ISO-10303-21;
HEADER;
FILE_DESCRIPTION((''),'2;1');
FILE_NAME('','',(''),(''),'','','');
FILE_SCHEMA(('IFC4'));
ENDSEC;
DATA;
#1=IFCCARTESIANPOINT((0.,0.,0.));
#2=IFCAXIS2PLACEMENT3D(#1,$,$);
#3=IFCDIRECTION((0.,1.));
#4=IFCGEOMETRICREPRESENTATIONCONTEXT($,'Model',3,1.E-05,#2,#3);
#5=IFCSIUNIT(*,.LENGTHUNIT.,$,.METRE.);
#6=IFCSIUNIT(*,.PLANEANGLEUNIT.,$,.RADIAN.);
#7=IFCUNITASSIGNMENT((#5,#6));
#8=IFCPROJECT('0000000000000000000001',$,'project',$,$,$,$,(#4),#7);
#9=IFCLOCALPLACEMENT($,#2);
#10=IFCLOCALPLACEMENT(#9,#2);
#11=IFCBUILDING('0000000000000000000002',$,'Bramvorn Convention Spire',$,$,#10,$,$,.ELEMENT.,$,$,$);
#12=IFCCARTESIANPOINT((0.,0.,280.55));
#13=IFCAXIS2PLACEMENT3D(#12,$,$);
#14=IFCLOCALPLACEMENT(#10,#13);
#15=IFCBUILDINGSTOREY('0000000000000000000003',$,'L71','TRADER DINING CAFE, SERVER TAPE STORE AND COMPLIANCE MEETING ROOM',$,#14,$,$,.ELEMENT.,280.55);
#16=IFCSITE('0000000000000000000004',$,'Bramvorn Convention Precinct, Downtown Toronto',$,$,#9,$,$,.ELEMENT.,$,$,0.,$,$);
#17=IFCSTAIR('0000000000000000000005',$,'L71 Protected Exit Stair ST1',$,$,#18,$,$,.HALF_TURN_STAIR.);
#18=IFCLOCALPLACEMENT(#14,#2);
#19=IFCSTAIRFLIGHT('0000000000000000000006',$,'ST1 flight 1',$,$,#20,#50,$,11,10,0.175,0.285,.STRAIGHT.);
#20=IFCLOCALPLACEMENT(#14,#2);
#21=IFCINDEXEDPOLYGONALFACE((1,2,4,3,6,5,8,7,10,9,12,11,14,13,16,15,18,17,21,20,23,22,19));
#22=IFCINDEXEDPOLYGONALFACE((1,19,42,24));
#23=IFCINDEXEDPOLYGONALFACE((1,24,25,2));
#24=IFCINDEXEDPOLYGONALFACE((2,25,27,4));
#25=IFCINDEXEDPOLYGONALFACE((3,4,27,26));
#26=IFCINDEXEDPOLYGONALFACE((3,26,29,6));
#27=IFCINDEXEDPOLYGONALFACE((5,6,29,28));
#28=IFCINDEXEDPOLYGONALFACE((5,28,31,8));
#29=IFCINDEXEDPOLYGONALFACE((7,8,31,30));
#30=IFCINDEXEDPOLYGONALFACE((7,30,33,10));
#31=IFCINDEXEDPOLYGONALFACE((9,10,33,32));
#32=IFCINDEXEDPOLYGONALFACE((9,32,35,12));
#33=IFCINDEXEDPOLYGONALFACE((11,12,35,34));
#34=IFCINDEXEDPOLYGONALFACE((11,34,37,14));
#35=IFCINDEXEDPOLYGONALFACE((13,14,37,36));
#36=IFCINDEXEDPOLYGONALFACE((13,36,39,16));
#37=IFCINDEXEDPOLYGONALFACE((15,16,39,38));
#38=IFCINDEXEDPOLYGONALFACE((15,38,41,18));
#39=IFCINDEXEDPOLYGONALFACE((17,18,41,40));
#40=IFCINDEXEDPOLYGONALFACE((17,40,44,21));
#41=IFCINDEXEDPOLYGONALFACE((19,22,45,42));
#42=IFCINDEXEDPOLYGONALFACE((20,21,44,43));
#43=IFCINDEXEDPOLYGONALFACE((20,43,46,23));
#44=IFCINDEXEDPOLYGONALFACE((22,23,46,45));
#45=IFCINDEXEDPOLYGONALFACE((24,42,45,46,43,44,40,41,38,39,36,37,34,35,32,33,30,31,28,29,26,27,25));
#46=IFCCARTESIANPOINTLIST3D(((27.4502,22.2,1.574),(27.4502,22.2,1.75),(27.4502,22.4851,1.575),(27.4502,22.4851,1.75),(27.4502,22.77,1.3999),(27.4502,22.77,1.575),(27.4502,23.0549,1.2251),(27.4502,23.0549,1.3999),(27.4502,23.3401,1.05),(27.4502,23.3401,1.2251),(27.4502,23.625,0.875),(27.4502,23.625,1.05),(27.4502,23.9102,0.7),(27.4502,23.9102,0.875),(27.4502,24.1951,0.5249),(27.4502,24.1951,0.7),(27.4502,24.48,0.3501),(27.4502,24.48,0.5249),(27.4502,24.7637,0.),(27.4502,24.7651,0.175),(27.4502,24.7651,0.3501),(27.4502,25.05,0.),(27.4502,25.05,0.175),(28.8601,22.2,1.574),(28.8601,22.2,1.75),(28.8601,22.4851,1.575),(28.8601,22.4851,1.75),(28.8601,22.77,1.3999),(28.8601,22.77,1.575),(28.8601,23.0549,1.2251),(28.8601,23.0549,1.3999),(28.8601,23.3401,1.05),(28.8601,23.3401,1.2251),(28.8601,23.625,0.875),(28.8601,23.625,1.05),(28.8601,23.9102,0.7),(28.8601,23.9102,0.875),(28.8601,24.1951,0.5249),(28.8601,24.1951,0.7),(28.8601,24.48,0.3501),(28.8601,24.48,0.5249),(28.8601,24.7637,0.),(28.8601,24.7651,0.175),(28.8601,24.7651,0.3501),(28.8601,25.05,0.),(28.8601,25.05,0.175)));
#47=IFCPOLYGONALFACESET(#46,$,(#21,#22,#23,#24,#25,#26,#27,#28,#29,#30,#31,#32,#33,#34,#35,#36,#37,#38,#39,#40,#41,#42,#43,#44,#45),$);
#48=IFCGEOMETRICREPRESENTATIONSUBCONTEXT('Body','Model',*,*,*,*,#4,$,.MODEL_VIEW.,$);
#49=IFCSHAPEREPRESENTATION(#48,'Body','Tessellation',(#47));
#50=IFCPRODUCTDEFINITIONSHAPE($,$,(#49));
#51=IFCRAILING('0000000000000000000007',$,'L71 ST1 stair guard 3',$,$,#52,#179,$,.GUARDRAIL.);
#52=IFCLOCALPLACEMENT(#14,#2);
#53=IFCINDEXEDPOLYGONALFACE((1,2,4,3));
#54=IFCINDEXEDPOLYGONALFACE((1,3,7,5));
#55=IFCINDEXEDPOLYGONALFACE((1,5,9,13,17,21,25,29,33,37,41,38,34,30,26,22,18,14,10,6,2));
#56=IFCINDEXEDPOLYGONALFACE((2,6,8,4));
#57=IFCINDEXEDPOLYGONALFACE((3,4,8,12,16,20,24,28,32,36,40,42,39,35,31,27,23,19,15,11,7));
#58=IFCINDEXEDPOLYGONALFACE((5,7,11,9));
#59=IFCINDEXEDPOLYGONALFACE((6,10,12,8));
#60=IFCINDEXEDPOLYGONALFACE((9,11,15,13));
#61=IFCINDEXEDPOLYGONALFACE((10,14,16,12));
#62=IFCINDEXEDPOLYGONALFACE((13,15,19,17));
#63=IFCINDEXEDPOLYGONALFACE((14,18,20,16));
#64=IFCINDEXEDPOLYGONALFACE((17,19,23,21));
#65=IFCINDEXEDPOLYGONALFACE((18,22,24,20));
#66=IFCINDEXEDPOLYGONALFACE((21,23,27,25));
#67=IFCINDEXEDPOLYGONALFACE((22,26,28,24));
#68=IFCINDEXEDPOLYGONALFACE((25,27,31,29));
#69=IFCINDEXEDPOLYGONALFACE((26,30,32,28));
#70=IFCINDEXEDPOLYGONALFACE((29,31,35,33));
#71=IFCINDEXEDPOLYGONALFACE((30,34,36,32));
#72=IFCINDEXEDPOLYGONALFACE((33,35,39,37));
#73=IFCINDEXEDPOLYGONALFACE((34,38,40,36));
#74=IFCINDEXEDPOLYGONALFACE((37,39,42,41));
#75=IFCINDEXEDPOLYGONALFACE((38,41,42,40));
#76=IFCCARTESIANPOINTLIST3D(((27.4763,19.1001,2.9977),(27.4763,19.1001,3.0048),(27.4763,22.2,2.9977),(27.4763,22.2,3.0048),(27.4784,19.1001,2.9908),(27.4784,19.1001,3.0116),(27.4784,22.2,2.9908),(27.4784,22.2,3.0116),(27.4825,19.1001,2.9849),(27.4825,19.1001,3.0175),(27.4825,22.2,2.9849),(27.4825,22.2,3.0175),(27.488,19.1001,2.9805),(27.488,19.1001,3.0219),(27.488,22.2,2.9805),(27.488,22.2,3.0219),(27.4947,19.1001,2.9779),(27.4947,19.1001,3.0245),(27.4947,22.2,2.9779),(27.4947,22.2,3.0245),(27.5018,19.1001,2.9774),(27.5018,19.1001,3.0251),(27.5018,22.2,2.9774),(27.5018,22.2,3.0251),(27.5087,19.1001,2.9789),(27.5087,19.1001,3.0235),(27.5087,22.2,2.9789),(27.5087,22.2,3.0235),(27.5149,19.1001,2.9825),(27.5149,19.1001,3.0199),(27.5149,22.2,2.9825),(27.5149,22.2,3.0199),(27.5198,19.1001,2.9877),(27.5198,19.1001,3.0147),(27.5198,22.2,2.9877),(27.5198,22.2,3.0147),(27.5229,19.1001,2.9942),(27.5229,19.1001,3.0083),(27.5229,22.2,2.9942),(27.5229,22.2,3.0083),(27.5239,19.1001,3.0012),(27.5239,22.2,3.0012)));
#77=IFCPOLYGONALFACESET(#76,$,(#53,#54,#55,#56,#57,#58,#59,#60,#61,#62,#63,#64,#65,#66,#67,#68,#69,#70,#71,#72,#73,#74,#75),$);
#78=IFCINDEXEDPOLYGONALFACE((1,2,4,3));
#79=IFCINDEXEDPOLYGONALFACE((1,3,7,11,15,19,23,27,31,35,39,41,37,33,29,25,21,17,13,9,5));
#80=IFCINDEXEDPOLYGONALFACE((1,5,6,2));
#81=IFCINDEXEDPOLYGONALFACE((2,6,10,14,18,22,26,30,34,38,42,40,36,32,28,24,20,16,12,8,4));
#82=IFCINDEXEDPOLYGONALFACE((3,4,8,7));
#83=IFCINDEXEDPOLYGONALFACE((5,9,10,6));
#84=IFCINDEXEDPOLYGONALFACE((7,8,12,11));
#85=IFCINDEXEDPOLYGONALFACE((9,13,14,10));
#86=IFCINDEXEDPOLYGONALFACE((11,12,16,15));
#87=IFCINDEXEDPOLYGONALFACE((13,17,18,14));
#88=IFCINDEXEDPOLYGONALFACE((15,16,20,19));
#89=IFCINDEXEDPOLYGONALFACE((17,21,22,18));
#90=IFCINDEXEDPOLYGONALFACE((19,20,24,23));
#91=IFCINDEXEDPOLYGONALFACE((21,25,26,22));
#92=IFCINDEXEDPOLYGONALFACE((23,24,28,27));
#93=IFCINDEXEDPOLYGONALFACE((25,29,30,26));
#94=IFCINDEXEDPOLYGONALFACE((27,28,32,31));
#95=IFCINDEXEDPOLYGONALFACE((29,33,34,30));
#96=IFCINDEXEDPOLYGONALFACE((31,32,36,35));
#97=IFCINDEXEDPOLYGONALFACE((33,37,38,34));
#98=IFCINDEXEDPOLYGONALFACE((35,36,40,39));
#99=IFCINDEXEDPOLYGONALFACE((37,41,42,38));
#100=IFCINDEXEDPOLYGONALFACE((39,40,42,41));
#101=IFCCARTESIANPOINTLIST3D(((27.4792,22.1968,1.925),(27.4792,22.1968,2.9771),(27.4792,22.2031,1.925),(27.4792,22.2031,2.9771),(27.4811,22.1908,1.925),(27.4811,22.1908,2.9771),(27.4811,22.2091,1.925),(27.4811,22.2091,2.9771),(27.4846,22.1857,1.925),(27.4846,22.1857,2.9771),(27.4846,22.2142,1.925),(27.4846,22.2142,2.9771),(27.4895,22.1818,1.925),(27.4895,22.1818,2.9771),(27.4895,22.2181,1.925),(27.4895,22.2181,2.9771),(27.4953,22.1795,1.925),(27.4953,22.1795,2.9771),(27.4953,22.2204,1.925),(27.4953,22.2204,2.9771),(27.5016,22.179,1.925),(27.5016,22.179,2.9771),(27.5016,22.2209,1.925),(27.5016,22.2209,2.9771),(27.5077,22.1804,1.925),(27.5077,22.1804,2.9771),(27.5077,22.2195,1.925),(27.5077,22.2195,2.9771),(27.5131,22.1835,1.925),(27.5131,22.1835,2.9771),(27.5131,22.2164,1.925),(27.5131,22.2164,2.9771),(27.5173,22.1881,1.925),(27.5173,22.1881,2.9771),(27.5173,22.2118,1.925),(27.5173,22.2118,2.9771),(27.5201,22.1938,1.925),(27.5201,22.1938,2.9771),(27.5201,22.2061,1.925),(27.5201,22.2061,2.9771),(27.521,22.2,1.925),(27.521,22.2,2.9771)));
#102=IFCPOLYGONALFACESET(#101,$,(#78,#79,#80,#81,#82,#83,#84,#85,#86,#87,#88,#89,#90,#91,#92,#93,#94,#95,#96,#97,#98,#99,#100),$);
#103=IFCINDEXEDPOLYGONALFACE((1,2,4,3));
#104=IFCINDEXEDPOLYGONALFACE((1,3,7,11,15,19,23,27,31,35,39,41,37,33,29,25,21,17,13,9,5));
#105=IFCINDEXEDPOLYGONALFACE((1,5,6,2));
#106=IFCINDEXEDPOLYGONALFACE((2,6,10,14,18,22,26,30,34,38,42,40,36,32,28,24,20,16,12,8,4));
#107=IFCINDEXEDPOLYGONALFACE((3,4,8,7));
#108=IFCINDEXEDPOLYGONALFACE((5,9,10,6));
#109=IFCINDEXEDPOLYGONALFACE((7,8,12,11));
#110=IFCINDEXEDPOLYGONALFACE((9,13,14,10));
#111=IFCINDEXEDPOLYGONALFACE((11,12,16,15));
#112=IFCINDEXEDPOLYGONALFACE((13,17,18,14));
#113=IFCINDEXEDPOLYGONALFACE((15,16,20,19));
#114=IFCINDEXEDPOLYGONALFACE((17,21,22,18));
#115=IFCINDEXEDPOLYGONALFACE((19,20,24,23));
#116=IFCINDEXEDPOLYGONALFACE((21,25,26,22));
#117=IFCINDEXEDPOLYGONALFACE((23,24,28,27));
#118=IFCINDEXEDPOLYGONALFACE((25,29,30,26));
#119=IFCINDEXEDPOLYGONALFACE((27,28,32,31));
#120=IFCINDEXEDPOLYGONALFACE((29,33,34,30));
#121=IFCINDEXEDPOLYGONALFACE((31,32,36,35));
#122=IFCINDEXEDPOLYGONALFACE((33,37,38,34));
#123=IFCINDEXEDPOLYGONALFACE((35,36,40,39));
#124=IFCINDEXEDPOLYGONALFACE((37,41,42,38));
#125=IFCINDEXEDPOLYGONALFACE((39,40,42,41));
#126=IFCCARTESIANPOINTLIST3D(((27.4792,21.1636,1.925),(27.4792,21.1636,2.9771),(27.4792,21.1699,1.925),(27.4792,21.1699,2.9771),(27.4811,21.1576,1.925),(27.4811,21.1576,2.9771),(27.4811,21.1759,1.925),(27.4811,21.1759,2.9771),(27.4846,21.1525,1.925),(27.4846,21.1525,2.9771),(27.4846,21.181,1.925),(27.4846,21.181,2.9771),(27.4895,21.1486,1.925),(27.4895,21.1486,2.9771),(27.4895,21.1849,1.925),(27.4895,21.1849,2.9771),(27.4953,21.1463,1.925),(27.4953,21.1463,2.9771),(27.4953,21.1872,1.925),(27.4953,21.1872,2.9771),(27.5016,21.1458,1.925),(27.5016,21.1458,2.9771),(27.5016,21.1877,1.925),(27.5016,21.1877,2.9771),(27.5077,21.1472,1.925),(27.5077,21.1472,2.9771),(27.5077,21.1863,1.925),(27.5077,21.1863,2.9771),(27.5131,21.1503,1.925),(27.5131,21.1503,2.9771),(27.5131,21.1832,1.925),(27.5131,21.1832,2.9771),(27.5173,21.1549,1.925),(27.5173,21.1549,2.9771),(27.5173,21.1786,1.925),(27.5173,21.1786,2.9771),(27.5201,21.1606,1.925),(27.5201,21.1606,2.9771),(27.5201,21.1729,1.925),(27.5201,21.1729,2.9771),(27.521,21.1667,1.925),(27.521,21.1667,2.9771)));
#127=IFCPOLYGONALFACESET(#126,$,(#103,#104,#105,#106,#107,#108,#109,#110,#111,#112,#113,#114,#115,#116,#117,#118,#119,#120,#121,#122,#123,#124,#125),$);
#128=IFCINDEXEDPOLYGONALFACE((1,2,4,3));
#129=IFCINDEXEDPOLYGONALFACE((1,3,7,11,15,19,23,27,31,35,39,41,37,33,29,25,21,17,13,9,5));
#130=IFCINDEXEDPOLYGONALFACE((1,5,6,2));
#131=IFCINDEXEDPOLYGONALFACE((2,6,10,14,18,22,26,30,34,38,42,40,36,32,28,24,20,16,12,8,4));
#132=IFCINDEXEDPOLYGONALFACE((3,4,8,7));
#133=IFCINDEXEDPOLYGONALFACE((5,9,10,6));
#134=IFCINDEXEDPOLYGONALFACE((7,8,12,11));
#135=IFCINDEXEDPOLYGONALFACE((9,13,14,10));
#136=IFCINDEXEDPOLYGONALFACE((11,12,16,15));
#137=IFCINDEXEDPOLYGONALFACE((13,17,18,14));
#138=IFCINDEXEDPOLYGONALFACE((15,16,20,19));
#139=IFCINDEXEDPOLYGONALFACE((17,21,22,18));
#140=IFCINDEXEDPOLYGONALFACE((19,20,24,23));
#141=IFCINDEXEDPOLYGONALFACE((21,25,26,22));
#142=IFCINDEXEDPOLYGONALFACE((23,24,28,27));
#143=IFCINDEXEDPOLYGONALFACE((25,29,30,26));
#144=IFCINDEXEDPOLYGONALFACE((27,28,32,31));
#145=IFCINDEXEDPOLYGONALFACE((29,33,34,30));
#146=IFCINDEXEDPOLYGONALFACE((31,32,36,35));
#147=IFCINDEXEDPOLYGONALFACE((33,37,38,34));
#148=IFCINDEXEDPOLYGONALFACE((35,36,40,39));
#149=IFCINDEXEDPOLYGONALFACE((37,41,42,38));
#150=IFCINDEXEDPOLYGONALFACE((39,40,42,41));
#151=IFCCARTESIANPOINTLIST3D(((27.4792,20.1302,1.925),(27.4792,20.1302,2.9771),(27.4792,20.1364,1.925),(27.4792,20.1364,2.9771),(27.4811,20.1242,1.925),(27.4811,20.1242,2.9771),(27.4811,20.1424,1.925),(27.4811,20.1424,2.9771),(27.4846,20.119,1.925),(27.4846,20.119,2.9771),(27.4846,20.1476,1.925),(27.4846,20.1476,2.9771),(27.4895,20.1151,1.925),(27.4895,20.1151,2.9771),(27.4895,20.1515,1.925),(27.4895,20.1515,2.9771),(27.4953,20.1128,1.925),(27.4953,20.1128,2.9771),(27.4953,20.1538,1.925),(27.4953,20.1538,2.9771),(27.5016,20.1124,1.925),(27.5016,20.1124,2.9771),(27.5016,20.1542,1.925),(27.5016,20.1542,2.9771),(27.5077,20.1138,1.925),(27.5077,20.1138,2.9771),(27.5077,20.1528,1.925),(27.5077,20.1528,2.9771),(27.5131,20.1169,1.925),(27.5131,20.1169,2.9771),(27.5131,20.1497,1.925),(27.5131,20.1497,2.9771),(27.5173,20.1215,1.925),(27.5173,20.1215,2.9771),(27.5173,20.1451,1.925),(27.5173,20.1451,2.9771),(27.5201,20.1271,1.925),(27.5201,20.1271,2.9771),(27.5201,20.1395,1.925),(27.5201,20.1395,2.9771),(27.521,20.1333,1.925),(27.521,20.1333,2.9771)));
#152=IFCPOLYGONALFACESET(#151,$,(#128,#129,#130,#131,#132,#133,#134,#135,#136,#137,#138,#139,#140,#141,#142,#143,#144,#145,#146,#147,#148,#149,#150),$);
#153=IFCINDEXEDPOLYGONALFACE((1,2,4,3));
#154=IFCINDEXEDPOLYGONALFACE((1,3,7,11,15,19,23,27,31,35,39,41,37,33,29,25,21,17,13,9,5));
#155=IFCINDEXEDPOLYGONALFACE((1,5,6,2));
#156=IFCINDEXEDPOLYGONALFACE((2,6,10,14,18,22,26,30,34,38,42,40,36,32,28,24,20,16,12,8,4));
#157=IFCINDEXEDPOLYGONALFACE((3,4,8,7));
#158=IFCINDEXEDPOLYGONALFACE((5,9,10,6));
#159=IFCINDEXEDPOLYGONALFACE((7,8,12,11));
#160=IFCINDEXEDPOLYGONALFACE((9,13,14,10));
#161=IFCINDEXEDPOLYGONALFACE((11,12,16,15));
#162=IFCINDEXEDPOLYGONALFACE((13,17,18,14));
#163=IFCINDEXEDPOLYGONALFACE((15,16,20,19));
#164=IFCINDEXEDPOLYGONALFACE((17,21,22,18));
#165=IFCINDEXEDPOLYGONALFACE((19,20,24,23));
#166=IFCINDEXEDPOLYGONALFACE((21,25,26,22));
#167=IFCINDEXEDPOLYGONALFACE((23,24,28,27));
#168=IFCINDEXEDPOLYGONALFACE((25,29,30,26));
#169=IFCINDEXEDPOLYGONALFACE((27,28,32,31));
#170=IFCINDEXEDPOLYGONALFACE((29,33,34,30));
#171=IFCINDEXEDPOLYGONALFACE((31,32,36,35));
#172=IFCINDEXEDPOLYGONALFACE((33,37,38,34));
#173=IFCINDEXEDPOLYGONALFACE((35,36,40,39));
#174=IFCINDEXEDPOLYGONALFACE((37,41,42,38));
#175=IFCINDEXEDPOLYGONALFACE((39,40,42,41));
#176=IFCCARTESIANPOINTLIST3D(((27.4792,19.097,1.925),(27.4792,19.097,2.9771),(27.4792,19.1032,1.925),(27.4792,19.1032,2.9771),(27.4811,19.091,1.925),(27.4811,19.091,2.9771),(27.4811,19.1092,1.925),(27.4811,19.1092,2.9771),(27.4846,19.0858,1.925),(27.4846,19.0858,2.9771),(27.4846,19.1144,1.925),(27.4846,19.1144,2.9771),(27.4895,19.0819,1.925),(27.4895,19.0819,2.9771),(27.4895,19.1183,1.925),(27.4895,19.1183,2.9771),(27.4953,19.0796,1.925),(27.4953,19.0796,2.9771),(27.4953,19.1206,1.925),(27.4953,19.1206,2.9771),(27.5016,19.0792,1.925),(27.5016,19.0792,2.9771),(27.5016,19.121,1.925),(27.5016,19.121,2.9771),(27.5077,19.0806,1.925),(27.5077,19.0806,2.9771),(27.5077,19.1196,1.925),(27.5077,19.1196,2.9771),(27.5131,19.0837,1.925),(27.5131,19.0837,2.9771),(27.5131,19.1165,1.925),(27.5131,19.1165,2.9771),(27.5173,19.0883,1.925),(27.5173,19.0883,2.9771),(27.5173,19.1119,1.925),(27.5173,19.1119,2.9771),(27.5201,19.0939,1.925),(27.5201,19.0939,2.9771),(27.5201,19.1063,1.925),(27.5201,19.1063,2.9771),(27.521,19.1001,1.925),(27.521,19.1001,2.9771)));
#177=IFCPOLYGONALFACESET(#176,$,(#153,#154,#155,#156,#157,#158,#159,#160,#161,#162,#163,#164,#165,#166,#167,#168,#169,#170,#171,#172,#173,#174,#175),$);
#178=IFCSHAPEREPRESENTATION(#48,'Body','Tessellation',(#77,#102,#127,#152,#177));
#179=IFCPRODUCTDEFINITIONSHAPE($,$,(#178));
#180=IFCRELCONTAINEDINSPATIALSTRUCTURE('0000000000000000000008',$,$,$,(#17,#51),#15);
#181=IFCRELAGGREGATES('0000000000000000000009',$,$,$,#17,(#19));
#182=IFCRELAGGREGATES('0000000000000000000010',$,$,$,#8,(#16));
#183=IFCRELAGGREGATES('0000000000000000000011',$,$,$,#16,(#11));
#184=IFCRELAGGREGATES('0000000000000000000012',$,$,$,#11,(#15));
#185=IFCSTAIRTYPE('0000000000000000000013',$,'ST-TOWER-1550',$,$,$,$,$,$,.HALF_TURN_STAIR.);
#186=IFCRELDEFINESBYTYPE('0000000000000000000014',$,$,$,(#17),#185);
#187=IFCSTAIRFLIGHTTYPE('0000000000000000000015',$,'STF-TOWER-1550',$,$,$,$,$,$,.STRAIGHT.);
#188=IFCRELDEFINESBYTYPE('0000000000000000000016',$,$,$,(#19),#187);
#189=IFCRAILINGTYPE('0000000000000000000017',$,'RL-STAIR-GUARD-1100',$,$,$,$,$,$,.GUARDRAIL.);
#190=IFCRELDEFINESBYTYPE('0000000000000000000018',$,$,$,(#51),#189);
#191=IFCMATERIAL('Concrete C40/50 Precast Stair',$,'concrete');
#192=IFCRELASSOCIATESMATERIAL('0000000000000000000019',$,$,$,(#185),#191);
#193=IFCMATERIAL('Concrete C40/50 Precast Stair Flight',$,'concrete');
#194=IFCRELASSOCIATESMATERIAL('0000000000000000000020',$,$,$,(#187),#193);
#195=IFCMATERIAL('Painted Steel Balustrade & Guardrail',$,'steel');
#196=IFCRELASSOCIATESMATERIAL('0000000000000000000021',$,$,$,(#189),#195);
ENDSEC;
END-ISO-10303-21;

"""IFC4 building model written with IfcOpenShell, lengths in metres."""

from ifc_helpers import new_model, si_unit, direction, frame, origin, origin_2d, place, context, subcontext, project, spatial, polyline, circle, outline, extrude, material, type_object, element, aggregate, save


model = new_model("IFC4")

# Units and contexts
model_context = context("Model", 3, precision=1e-05, world=origin(), true_north=direction((0.0, 1.0)))
body_context = subcontext(model_context, "Body", "Model", "MODEL_VIEW")
ifc_project = project(units=[si_unit("LENGTHUNIT", "METRE"), si_unit("PLANEANGLEUNIT", "RADIAN")], contexts=[model_context])

# Site, building, storey
site_placement = place(None, origin())
site = spatial("IfcSite", under=ifc_project, at=site_placement, Name="Bramvorn Convention Precinct, Downtown Toronto", CompositionType="ELEMENT", RefElevation=0.0)
building_placement = place(site_placement, origin())
building = spatial("IfcBuilding", under=site, at=building_placement, Name="Bramvorn Convention Spire", CompositionType="ELEMENT")
storey_placement = place(building_placement, frame((0.0, 0.0, 280.55)))
storey = spatial("IfcBuildingStorey", under=building, at=storey_placement, Name="L71", Description="TRADER DINING CAFE, SERVER TAPE STORE AND COMPLIANCE MEETING ROOM", CompositionType="ELEMENT", Elevation=280.55)

# Stair, stair flight
ifc_material_1 = material(Name="Concrete C40/50 Precast Stair", Category="concrete")
stair_type = type_object("IfcStairType", Name="ST-TOWER-1550", PredefinedType="HALF_TURN_STAIR", material=ifc_material_1)
stair_placement = place(storey_placement, origin())
stair = element("IfcStair", 1, at=stair_placement, inside=storey, type_object=stair_type, Name="L71 Protected Exit Stair ST1", PredefinedType="HALF_TURN_STAIR")
ifc_material_2 = material(Name="Concrete C40/50 Precast Stair Flight", Category="concrete")
stair_flight_type = type_object("IfcStairFlightType", Name="STF-TOWER-1550", PredefinedType="STRAIGHT", material=ifc_material_2)
stair_flight_placement = place(storey_placement, frame((28.155, 25.05, 0.0), z_axis=(0.0, 0.0, 1.0), x_axis=(0.0, -1.0, 0.0)))
stair_flight = element("IfcStairFlight", 2, at=stair_flight_placement, type_object=stair_flight_type, Name="ST1 flight 1", NumberOfRisers=11, NumberOfTreads=10, PredefinedType="STRAIGHT", RiserHeight=0.175, TreadLength=0.285, context=body_context, shape_type="SweptSolid", body=[
    extrude(outline(polyline([(0.0, 0.0), (0.0, 0.175), (0.2849, 0.175), (0.2849, 0.3501), (0.5701, 0.3501), (0.5701, 0.5249), (0.855, 0.5249), (0.855, 0.7), (1.1399, 0.7), (1.1399, 0.875), (1.425, 0.875), (1.425, 1.05), (1.71, 1.05), (1.71, 1.2251), (1.9951, 1.2251), (1.9951, 1.3999), (2.28, 1.3999), (2.28, 1.575), (2.5649, 1.575), (2.5649, 1.75), (2.8501, 1.75), (2.8501, 1.925), (2.8501, 1.574), (0.2864, 0.0), (0.0, 0.0)])), frame((0.0, 0.7051, 0.0), z_axis=(0.0, -1.0, 0.0), x_axis=(1.0, 0.0, 0.0)), (0.0, 0.0, 1.0), 1.4099),
])
aggregate(stair, [stair_flight])

# Railing
ifc_material_3 = material(Name="Painted Steel Balustrade & Guardrail", Category="steel")
railing_type_1 = type_object("IfcRailingType", Name="RL-STAIR-GUARD-1100", PredefinedType="GUARDRAIL", material=ifc_material_3)
railing_1_placement = place(storey_placement, frame((27.5, 22.2, 1.925)))
element("IfcRailing", 3, at=railing_1_placement, inside=storey, type_object=railing_type_1, Name="L71 ST1 stair guard 3", PredefinedType="GUARDRAIL", context=body_context, shape_type="SweptSolid", body=[
    extrude(circle(Radius=0.0239, at=origin_2d()), frame((0.0, 0.0, 1.0762), z_axis=(0.0, -1.0, 0.0), x_axis=(1.0, 0.0, 0.0)), (0.0, 0.0, 1.0), 3.0999),
    extrude(circle(Radius=0.021, at=origin_2d()), origin(), (0.0, 0.0, 1.0), 1.052),
    extrude(circle(Radius=0.021, at=origin_2d()), frame((0.0, -1.0332, 0.0)), (0.0, 0.0, 1.0), 1.052),
    extrude(circle(Radius=0.021, at=origin_2d()), frame((0.0, -2.0667, 0.0)), (0.0, 0.0, 1.0), 1.052),
    extrude(circle(Radius=0.021, at=origin_2d()), frame((0.0, -3.0999, 0.0)), (0.0, 0.0, 1.0), 1.052),
])

save(model, "model.ifc")
